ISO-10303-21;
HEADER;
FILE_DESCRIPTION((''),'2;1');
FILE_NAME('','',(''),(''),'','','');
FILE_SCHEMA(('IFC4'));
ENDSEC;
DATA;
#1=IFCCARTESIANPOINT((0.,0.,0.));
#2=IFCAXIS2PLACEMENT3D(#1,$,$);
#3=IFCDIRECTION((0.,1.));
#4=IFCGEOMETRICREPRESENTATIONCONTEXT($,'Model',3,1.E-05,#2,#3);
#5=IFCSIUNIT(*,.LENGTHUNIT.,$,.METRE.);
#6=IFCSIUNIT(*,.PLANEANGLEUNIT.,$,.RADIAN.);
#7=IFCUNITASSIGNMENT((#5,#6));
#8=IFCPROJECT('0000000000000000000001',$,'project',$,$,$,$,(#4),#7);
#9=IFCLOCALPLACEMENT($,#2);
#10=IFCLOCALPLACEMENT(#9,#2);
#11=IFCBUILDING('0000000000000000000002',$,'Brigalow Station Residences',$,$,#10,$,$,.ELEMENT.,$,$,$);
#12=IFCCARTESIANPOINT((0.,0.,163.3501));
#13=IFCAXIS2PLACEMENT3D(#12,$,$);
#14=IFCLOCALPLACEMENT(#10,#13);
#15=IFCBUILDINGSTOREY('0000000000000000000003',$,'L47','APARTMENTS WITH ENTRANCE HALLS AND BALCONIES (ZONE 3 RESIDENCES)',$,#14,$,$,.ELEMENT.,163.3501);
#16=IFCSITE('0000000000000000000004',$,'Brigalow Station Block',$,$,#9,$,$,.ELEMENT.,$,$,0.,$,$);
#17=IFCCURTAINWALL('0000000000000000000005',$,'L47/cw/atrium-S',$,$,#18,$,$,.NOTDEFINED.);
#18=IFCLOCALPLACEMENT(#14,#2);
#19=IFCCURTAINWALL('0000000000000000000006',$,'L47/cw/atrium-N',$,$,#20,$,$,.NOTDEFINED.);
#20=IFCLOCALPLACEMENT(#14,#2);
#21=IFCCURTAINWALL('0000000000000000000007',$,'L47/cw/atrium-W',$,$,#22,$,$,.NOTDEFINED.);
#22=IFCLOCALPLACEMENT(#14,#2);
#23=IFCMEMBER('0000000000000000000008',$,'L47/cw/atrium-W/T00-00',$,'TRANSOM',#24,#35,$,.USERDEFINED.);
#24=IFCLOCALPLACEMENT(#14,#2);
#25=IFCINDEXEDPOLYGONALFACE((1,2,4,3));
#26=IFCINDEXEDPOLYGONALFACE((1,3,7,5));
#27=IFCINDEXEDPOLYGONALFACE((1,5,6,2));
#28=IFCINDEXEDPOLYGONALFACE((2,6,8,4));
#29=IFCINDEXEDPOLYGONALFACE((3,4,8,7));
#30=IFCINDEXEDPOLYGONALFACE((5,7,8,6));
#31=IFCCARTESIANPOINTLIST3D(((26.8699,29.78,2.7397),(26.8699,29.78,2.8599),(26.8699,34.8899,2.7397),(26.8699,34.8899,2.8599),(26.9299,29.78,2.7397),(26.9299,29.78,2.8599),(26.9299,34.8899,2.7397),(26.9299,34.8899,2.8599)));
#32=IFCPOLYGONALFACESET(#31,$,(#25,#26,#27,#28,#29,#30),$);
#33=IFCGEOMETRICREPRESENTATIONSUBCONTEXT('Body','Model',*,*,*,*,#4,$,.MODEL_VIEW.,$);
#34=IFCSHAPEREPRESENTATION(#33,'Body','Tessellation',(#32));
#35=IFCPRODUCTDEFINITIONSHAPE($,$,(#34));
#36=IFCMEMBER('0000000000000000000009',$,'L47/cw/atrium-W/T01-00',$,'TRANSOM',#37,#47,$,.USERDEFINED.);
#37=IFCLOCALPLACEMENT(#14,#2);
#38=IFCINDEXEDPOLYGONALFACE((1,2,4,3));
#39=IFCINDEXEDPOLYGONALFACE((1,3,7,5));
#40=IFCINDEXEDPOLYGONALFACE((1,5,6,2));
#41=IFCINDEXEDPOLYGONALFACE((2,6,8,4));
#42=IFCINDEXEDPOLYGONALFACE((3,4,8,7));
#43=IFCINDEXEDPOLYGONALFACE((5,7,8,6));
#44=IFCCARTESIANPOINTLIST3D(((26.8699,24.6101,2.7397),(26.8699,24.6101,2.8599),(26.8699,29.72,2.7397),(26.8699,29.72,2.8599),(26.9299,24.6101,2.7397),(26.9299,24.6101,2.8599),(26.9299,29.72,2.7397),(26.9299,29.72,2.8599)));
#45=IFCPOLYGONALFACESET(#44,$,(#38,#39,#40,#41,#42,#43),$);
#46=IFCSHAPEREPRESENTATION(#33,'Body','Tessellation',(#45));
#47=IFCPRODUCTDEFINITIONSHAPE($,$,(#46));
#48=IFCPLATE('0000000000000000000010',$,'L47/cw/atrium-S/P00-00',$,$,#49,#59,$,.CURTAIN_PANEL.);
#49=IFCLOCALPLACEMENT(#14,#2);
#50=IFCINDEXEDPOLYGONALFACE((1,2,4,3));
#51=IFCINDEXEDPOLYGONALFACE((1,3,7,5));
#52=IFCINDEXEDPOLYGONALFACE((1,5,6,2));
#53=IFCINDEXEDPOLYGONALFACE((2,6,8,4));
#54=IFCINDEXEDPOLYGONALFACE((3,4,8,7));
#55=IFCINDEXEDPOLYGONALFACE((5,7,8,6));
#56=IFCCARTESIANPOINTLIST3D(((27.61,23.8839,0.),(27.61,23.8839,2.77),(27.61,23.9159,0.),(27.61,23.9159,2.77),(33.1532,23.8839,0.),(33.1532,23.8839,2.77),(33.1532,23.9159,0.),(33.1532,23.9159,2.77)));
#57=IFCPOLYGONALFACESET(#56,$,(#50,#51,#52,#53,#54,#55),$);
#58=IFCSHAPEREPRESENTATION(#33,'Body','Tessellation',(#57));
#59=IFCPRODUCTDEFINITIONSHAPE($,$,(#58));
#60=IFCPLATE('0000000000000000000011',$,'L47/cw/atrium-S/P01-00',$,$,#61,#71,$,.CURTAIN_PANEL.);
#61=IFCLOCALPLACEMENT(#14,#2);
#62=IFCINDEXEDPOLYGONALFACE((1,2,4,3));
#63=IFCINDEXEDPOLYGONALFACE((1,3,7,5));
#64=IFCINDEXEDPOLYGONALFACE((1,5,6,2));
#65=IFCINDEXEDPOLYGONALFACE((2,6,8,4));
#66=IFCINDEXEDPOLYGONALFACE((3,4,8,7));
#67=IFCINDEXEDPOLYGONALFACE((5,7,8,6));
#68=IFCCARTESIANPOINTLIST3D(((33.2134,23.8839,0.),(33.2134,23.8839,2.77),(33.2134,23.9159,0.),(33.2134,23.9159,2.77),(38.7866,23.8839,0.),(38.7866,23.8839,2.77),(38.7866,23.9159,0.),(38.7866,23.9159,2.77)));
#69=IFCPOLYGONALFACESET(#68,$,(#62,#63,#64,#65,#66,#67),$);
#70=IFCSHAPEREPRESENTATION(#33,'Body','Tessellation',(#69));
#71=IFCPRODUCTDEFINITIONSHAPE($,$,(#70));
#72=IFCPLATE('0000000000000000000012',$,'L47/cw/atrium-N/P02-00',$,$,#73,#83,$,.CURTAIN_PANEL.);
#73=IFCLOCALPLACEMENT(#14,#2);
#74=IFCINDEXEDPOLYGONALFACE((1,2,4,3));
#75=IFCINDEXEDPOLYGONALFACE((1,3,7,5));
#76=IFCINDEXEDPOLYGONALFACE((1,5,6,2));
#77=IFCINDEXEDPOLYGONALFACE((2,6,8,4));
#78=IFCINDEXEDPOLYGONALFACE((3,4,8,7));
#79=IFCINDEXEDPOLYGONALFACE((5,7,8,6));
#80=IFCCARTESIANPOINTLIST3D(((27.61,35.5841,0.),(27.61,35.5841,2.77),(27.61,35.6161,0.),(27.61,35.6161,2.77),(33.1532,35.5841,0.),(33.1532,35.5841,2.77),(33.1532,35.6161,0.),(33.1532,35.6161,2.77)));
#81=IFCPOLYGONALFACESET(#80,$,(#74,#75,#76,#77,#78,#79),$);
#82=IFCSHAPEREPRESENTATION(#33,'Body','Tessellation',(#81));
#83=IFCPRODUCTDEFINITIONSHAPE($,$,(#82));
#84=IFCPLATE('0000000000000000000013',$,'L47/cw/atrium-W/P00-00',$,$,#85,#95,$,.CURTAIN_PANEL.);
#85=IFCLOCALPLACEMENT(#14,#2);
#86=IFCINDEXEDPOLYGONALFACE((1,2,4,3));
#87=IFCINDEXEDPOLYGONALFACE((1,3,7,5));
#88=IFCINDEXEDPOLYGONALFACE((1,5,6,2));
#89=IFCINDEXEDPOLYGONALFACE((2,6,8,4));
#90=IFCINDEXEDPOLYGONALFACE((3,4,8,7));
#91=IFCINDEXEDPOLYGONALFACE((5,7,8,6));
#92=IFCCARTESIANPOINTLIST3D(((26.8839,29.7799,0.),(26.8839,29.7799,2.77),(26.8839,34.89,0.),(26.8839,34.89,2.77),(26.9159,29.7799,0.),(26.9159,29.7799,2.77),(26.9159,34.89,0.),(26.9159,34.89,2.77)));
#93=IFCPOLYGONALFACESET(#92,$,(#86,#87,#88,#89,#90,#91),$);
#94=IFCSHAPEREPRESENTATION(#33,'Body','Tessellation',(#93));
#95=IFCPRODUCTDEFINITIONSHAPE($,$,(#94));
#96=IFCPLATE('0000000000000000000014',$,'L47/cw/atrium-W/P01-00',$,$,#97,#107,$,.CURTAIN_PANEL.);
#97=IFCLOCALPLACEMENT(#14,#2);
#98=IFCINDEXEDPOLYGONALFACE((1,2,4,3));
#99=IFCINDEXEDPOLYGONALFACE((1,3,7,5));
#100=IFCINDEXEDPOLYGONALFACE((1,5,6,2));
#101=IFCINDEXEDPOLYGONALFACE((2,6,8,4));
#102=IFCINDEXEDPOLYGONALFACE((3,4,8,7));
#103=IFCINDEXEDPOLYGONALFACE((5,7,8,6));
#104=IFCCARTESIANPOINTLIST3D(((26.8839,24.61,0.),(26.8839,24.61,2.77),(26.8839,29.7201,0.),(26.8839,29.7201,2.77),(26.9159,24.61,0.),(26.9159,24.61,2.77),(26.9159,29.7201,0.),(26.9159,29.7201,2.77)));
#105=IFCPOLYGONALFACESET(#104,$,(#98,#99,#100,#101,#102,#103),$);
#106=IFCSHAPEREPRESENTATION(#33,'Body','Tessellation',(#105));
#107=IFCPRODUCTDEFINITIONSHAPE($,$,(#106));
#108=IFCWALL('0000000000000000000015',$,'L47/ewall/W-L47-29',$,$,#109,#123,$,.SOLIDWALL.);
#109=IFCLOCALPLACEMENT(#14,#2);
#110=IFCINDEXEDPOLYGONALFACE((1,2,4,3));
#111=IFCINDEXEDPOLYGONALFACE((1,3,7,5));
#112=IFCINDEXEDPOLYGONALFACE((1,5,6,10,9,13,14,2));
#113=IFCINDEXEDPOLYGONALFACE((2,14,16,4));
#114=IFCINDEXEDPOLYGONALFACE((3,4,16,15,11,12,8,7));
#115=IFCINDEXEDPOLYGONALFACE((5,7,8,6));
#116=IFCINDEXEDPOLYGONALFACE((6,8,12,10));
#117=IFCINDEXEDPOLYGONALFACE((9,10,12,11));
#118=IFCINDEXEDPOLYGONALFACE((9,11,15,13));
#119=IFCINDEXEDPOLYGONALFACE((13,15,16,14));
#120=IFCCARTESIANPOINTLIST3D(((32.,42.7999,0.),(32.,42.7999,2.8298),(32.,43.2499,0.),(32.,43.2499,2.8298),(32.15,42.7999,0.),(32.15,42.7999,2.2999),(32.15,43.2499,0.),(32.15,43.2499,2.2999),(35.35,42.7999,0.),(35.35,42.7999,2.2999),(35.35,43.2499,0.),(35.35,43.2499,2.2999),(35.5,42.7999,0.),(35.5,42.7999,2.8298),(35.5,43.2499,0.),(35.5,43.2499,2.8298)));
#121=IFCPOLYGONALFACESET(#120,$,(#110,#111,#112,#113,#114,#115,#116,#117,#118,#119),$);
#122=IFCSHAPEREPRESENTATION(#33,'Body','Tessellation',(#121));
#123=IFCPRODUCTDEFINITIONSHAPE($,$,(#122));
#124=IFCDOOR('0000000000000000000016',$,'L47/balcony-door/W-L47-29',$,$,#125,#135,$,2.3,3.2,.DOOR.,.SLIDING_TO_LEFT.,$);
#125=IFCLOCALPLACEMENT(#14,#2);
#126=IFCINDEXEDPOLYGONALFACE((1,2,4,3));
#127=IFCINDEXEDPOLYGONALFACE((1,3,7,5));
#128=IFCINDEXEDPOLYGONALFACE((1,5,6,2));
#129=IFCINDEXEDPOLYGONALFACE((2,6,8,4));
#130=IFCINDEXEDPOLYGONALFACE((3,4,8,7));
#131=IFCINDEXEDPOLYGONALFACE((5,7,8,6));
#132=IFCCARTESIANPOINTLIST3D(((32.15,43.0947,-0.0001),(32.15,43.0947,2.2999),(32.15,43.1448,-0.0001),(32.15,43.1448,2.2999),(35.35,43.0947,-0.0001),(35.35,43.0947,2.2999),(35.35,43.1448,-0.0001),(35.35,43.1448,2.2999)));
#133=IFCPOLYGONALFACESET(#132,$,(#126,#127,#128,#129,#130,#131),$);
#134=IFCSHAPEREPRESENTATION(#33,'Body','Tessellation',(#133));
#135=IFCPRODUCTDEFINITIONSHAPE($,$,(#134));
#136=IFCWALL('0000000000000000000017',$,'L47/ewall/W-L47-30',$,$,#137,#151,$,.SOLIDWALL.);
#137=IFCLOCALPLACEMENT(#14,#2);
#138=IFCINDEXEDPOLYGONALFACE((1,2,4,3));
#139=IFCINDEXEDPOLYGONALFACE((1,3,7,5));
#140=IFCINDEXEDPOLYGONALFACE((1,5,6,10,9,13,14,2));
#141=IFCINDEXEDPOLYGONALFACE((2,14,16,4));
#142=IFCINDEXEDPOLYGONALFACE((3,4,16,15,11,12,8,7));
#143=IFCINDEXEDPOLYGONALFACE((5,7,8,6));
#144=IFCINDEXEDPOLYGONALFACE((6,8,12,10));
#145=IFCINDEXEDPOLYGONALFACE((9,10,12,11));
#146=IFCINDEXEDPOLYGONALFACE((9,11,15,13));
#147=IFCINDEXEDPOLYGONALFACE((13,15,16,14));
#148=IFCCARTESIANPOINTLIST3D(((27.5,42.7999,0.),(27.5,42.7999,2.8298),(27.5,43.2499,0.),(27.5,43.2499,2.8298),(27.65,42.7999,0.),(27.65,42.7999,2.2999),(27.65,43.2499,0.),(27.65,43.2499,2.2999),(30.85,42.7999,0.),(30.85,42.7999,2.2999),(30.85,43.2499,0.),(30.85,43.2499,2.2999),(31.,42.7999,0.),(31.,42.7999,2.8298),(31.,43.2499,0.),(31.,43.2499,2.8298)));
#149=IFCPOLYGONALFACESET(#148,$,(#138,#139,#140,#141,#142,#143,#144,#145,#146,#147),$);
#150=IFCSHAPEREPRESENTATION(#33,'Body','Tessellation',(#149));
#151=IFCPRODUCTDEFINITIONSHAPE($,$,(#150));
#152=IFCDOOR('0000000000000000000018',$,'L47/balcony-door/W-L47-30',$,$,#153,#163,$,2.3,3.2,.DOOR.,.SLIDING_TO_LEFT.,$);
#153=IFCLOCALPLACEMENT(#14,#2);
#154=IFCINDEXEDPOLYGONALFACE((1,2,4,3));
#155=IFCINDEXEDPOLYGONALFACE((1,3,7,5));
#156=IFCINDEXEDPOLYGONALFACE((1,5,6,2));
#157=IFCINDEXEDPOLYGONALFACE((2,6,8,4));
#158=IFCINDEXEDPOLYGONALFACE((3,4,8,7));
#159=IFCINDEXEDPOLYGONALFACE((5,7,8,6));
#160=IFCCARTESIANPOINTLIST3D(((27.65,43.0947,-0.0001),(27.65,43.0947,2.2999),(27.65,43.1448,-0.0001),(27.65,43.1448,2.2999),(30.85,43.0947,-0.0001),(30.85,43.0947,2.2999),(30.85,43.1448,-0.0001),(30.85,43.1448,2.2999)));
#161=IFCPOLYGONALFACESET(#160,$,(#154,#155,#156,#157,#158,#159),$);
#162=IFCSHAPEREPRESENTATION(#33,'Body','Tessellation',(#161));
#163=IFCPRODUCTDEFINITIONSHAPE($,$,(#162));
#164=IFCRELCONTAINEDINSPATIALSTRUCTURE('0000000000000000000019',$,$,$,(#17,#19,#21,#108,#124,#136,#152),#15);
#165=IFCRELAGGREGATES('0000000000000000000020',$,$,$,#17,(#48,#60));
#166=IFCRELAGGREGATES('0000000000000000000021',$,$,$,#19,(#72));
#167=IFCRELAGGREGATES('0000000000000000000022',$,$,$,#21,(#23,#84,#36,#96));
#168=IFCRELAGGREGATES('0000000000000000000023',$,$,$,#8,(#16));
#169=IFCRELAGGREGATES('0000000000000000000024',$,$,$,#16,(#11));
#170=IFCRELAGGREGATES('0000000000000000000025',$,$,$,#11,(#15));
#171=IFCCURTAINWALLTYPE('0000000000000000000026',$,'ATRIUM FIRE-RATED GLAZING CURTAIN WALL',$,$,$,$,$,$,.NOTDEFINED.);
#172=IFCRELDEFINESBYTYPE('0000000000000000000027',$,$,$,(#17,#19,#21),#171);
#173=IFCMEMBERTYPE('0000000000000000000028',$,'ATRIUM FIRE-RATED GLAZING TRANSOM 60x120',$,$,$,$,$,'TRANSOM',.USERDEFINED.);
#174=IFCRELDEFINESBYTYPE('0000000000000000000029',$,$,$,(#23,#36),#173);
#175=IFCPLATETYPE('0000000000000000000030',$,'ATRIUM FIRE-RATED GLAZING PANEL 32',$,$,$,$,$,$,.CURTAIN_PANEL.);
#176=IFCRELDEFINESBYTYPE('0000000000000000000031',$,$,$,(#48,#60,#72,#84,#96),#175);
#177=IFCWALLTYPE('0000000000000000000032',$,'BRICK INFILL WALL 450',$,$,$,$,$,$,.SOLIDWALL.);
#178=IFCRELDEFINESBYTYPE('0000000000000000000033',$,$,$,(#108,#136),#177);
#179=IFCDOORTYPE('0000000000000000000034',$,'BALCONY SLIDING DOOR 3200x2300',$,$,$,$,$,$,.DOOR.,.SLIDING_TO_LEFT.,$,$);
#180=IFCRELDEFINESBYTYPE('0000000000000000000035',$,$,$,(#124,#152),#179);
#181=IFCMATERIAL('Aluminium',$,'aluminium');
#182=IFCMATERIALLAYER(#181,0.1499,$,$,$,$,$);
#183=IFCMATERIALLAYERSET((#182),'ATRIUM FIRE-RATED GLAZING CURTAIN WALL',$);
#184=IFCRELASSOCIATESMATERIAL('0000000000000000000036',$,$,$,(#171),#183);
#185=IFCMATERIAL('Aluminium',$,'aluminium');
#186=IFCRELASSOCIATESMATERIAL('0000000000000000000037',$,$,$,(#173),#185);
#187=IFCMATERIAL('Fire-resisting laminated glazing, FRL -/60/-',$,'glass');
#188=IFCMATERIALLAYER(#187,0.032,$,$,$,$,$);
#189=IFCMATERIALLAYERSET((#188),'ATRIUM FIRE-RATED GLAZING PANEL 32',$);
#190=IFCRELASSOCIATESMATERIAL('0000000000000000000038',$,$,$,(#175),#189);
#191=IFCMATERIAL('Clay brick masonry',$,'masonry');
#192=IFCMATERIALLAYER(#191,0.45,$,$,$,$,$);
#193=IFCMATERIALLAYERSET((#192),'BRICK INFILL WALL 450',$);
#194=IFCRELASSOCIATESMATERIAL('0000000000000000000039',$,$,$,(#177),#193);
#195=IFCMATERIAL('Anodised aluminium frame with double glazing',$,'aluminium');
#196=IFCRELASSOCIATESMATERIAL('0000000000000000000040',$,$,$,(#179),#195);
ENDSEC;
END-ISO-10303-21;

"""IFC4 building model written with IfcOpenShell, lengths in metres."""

from ifc_helpers import new_model, si_unit, direction, frame, frame_2d, origin, origin_2d, place, context, subcontext, project, spatial, rectangle, extrude, material, layer, layer_set, material_profile, profile_set, type_object, element, fill, aggregate, save


model = new_model("IFC4")

# Units and contexts
model_context = context("Model", 3, precision=1e-05, world=origin(), true_north=direction((0.0, 1.0)))
body_context = subcontext(model_context, "Body", "Model", "MODEL_VIEW")
ifc_project = project(units=[si_unit("LENGTHUNIT", "METRE"), si_unit("PLANEANGLEUNIT", "RADIAN")], contexts=[model_context])

# Site, building, storey
site_placement = place(None, origin())
site = spatial("IfcSite", under=ifc_project, at=site_placement, Name="Brigalow Station Block", CompositionType="ELEMENT", RefElevation=0.0)
building_placement = place(site_placement, origin())
building = spatial("IfcBuilding", under=site, at=building_placement, Name="Brigalow Station Residences", CompositionType="ELEMENT")
storey_placement = place(building_placement, frame((0.0, 0.0, 163.3501)))
storey = spatial("IfcBuildingStorey", under=building, at=storey_placement, Name="L47", Description="APARTMENTS WITH ENTRANCE HALLS AND BALCONIES (ZONE 3 RESIDENCES)", CompositionType="ELEMENT", Elevation=163.3501)

# Curtain wall
ifc_material_1 = material(Name="Aluminium", Category="aluminium")
ifc_layer_1 = layer(ifc_material_1, 0.1499)
ifc_layer_set_1 = layer_set([ifc_layer_1], Name="ATRIUM FIRE-RATED GLAZING CURTAIN WALL")
curtain_wall_type = type_object("IfcCurtainWallType", Name="ATRIUM FIRE-RATED GLAZING CURTAIN WALL", PredefinedType="NOTDEFINED", material=ifc_layer_set_1)
curtain_wall_1_placement = place(storey_placement, origin())
curtain_wall_1 = element("IfcCurtainWall", 1, at=curtain_wall_1_placement, inside=storey, type_object=curtain_wall_type, Name="L47/cw/atrium-S", PredefinedType="NOTDEFINED")

# Curtain walls
curtain_wall_2_placement = place(storey_placement, origin())
curtain_wall_2 = element("IfcCurtainWall", 2, at=curtain_wall_2_placement, inside=storey, type_object=curtain_wall_type, Name="L47/cw/atrium-N", PredefinedType="NOTDEFINED")
curtain_wall_3_placement = place(storey_placement, origin())
curtain_wall_3 = element("IfcCurtainWall", 3, at=curtain_wall_3_placement, inside=storey, type_object=curtain_wall_type, Name="L47/cw/atrium-W", PredefinedType="NOTDEFINED")

# Members
ifc_material_2 = material(Name="Aluminium", Category="aluminium")
ifc_material_profile_1 = material_profile(ifc_material_2, rectangle(XDim=0.0601, YDim=0.1201, at=origin_2d()), Name="ATRIUM FIRE-RATED GLAZING TRANSOM 60x120")
ifc_profile_set_1 = profile_set([ifc_material_profile_1], Name="Aluminium")
member_type_1 = type_object("IfcMemberType", Name="ATRIUM FIRE-RATED GLAZING TRANSOM 60x120", ElementType="TRANSOM", PredefinedType="USERDEFINED", material=ifc_profile_set_1)
member_1_placement = place(storey_placement, frame((26.8999, 34.8899, 2.7998), z_axis=(0.0, -1.0, 0.0), x_axis=(1.0, 0.0, 0.0)))
member_1 = element("IfcMember", 4, at=member_1_placement, type_object=member_type_1, Name="L47/cw/atrium-W/T00-00", ObjectType="TRANSOM", PredefinedType="USERDEFINED", context=body_context, shape_type="SweptSolid", body=[
    extrude(rectangle(XDim=0.0601, YDim=0.1201, at=origin_2d()), origin(), (0.0, 0.0, 1.0), 5.1099),
])
member_2_placement = place(storey_placement, frame((26.8999, 29.72, 2.7998), z_axis=(0.0, -1.0, 0.0), x_axis=(1.0, 0.0, 0.0)))
member_2 = element("IfcMember", 5, at=member_2_placement, type_object=member_type_1, Name="L47/cw/atrium-W/T01-00", ObjectType="TRANSOM", PredefinedType="USERDEFINED", context=body_context, shape_type="SweptSolid", body=[
    extrude(rectangle(XDim=0.0601, YDim=0.1201, at=origin_2d()), origin(), (0.0, 0.0, 1.0), 5.1099),
])

# Plates
ifc_material_3 = material(Name="Fire-resisting laminated glazing, FRL -/60/-", Category="glass")
ifc_layer_2 = layer(ifc_material_3, 0.032)
ifc_layer_set_2 = layer_set([ifc_layer_2], Name="ATRIUM FIRE-RATED GLAZING PANEL 32")
plate_type = type_object("IfcPlateType", Name="ATRIUM FIRE-RATED GLAZING PANEL 32", PredefinedType="CURTAIN_PANEL", material=ifc_layer_set_2)
plate_1_placement = place(storey_placement, frame((30.3816, 23.8999, 0.0), z_axis=(0.0, 0.0, 1.0), x_axis=(1.0, 0.0, 0.0)))
plate_1 = element("IfcPlate", 6, at=plate_1_placement, type_object=plate_type, Name="L47/cw/atrium-S/P00-00", PredefinedType="CURTAIN_PANEL", context=body_context, shape_type="SweptSolid", body=[
    extrude(rectangle(XDim=5.5432, YDim=0.032, at=origin_2d()), origin(), (0.0, 0.0, 1.0), 2.77),
])
plate_2_placement = place(storey_placement, frame((36.0, 23.8999, 0.0), z_axis=(0.0, 0.0, 1.0), x_axis=(1.0, 0.0, 0.0)))
plate_2 = element("IfcPlate", 7, at=plate_2_placement, type_object=plate_type, Name="L47/cw/atrium-S/P01-00", PredefinedType="CURTAIN_PANEL", context=body_context, shape_type="SweptSolid", body=[
    extrude(rectangle(XDim=5.5732, YDim=0.032, at=origin_2d()), origin(), (0.0, 0.0, 1.0), 2.77),
])
aggregate(curtain_wall_1, [plate_1, plate_2])
plate_3_placement = place(storey_placement, frame((30.3816, 35.6001, 0.0), z_axis=(0.0, 0.0, 1.0), x_axis=(-1.0, 0.0, 0.0)))
plate_3 = element("IfcPlate", 8, at=plate_3_placement, type_object=plate_type, Name="L47/cw/atrium-N/P02-00", PredefinedType="CURTAIN_PANEL", context=body_context, shape_type="SweptSolid", body=[
    extrude(rectangle(XDim=5.5432, YDim=0.032, at=origin_2d()), origin(), (0.0, 0.0, 1.0), 2.77),
])
aggregate(curtain_wall_2, [plate_3])
plate_4_placement = place(storey_placement, frame((26.8999, 32.335, 0.0), z_axis=(0.0, 0.0, 1.0), x_axis=(0.0, -1.0, 0.0)))
plate_4 = element("IfcPlate", 9, at=plate_4_placement, type_object=plate_type, Name="L47/cw/atrium-W/P00-00", PredefinedType="CURTAIN_PANEL", context=body_context, shape_type="SweptSolid", body=[
    extrude(rectangle(XDim=5.1101, YDim=0.032, at=origin_2d()), origin(), (0.0, 0.0, 1.0), 2.77),
])
plate_5_placement = place(storey_placement, frame((26.8999, 27.165, 0.0), z_axis=(0.0, 0.0, 1.0), x_axis=(0.0, -1.0, 0.0)))
plate_5 = element("IfcPlate", 10, at=plate_5_placement, type_object=plate_type, Name="L47/cw/atrium-W/P01-00", PredefinedType="CURTAIN_PANEL", context=body_context, shape_type="SweptSolid", body=[
    extrude(rectangle(XDim=5.1101, YDim=0.032, at=origin_2d()), origin(), (0.0, 0.0, 1.0), 2.77),
])
aggregate(curtain_wall_3, [member_1, plate_4, member_2, plate_5])

# Walls, openings, doors
ifc_material_4 = material(Name="Clay brick masonry", Category="masonry")
ifc_layer_3 = layer(ifc_material_4, 0.45)
ifc_layer_set_3 = layer_set([ifc_layer_3], Name="BRICK INFILL WALL 450")
wall_type = type_object("IfcWallType", Name="BRICK INFILL WALL 450", PredefinedType="SOLIDWALL", material=ifc_layer_set_3)
wall_1_placement = place(storey_placement, frame((35.5, 43.0249, 0.0), z_axis=(0.0, 0.0, 1.0), x_axis=(-1.0, 0.0, 0.0)))
wall_1 = element("IfcWall", 11, at=wall_1_placement, inside=storey, type_object=wall_type, Name="L47/ewall/W-L47-29", PredefinedType="SOLIDWALL", context=body_context, shape_type="SweptSolid", body=[
    extrude(rectangle(XDim=3.5, YDim=0.45, at=frame_2d((1.75, 0.0))), origin(), (0.0, 0.0, 1.0), 2.8298),
])
opening_1_placement = place(wall_1_placement, frame((0.1499, 0.0, 0.0)))
opening_1 = element("IfcOpeningElement", 12, at=opening_1_placement, cuts=wall_1, PredefinedType="OPENING", context=body_context, shape_type="SweptSolid", body=[
    extrude(rectangle(XDim=3.2, YDim=2.3, at=frame_2d((1.6001, 1.1499))), frame((0.0, 0.2349, 0.0), z_axis=(0.0, -1.0, 0.0), x_axis=(1.0, 0.0, 0.0)), (0.0, 0.0, 1.0), 0.47),
])
ifc_material_5 = material(Name="Anodised aluminium frame with double glazing", Category="aluminium")
door_type = type_object("IfcDoorType", Name="BALCONY SLIDING DOOR 3200x2300", OperationType="SLIDING_TO_LEFT", PredefinedType="DOOR", material=ifc_material_5)
door_1_placement = place(opening_1_placement, origin())
door_1 = element("IfcDoor", 13, at=door_1_placement, inside=storey, type_object=door_type, Name="L47/balcony-door/W-L47-29", OperationType="SLIDING_TO_LEFT", OverallHeight=2.3, OverallWidth=3.2, PredefinedType="DOOR", context=body_context, shape_type="SweptSolid", body=[
    extrude(rectangle(XDim=3.2, YDim=2.3, at=frame_2d((1.6001, 1.1499))), frame((0.0, -0.0698, 0.0), z_axis=(0.0, -1.0, 0.0), x_axis=(1.0, 0.0, 0.0)), (0.0, 0.0, 1.0), 0.05),
])
fill(opening_1, door_1)
wall_2_placement = place(storey_placement, frame((31.0, 43.0249, 0.0), z_axis=(0.0, 0.0, 1.0), x_axis=(-1.0, 0.0, 0.0)))
wall_2 = element("IfcWall", 14, at=wall_2_placement, inside=storey, type_object=wall_type, Name="L47/ewall/W-L47-30", PredefinedType="SOLIDWALL", context=body_context, shape_type="SweptSolid", body=[
    extrude(rectangle(XDim=3.5, YDim=0.45, at=frame_2d((1.75, 0.0))), origin(), (0.0, 0.0, 1.0), 2.8298),
])
opening_2_placement = place(wall_2_placement, frame((0.1499, 0.0, 0.0)))
opening_2 = element("IfcOpeningElement", 15, at=opening_2_placement, cuts=wall_2, PredefinedType="OPENING", context=body_context, shape_type="SweptSolid", body=[
    extrude(rectangle(XDim=3.2, YDim=2.3, at=frame_2d((1.6001, 1.1499))), frame((0.0, 0.2349, 0.0), z_axis=(0.0, -1.0, 0.0), x_axis=(1.0, 0.0, 0.0)), (0.0, 0.0, 1.0), 0.47),
])
door_2_placement = place(opening_2_placement, origin())
door_2 = element("IfcDoor", 16, at=door_2_placement, inside=storey, type_object=door_type, Name="L47/balcony-door/W-L47-30", OperationType="SLIDING_TO_LEFT", OverallHeight=2.3, OverallWidth=3.2, PredefinedType="DOOR", context=body_context, shape_type="SweptSolid", body=[
    extrude(rectangle(XDim=3.2, YDim=2.3, at=frame_2d((1.6001, 1.1499))), frame((0.0, -0.0698, 0.0), z_axis=(0.0, -1.0, 0.0), x_axis=(1.0, 0.0, 0.0)), (0.0, 0.0, 1.0), 0.05),
])
fill(opening_2, door_2)

save(model, "model.ifc")
